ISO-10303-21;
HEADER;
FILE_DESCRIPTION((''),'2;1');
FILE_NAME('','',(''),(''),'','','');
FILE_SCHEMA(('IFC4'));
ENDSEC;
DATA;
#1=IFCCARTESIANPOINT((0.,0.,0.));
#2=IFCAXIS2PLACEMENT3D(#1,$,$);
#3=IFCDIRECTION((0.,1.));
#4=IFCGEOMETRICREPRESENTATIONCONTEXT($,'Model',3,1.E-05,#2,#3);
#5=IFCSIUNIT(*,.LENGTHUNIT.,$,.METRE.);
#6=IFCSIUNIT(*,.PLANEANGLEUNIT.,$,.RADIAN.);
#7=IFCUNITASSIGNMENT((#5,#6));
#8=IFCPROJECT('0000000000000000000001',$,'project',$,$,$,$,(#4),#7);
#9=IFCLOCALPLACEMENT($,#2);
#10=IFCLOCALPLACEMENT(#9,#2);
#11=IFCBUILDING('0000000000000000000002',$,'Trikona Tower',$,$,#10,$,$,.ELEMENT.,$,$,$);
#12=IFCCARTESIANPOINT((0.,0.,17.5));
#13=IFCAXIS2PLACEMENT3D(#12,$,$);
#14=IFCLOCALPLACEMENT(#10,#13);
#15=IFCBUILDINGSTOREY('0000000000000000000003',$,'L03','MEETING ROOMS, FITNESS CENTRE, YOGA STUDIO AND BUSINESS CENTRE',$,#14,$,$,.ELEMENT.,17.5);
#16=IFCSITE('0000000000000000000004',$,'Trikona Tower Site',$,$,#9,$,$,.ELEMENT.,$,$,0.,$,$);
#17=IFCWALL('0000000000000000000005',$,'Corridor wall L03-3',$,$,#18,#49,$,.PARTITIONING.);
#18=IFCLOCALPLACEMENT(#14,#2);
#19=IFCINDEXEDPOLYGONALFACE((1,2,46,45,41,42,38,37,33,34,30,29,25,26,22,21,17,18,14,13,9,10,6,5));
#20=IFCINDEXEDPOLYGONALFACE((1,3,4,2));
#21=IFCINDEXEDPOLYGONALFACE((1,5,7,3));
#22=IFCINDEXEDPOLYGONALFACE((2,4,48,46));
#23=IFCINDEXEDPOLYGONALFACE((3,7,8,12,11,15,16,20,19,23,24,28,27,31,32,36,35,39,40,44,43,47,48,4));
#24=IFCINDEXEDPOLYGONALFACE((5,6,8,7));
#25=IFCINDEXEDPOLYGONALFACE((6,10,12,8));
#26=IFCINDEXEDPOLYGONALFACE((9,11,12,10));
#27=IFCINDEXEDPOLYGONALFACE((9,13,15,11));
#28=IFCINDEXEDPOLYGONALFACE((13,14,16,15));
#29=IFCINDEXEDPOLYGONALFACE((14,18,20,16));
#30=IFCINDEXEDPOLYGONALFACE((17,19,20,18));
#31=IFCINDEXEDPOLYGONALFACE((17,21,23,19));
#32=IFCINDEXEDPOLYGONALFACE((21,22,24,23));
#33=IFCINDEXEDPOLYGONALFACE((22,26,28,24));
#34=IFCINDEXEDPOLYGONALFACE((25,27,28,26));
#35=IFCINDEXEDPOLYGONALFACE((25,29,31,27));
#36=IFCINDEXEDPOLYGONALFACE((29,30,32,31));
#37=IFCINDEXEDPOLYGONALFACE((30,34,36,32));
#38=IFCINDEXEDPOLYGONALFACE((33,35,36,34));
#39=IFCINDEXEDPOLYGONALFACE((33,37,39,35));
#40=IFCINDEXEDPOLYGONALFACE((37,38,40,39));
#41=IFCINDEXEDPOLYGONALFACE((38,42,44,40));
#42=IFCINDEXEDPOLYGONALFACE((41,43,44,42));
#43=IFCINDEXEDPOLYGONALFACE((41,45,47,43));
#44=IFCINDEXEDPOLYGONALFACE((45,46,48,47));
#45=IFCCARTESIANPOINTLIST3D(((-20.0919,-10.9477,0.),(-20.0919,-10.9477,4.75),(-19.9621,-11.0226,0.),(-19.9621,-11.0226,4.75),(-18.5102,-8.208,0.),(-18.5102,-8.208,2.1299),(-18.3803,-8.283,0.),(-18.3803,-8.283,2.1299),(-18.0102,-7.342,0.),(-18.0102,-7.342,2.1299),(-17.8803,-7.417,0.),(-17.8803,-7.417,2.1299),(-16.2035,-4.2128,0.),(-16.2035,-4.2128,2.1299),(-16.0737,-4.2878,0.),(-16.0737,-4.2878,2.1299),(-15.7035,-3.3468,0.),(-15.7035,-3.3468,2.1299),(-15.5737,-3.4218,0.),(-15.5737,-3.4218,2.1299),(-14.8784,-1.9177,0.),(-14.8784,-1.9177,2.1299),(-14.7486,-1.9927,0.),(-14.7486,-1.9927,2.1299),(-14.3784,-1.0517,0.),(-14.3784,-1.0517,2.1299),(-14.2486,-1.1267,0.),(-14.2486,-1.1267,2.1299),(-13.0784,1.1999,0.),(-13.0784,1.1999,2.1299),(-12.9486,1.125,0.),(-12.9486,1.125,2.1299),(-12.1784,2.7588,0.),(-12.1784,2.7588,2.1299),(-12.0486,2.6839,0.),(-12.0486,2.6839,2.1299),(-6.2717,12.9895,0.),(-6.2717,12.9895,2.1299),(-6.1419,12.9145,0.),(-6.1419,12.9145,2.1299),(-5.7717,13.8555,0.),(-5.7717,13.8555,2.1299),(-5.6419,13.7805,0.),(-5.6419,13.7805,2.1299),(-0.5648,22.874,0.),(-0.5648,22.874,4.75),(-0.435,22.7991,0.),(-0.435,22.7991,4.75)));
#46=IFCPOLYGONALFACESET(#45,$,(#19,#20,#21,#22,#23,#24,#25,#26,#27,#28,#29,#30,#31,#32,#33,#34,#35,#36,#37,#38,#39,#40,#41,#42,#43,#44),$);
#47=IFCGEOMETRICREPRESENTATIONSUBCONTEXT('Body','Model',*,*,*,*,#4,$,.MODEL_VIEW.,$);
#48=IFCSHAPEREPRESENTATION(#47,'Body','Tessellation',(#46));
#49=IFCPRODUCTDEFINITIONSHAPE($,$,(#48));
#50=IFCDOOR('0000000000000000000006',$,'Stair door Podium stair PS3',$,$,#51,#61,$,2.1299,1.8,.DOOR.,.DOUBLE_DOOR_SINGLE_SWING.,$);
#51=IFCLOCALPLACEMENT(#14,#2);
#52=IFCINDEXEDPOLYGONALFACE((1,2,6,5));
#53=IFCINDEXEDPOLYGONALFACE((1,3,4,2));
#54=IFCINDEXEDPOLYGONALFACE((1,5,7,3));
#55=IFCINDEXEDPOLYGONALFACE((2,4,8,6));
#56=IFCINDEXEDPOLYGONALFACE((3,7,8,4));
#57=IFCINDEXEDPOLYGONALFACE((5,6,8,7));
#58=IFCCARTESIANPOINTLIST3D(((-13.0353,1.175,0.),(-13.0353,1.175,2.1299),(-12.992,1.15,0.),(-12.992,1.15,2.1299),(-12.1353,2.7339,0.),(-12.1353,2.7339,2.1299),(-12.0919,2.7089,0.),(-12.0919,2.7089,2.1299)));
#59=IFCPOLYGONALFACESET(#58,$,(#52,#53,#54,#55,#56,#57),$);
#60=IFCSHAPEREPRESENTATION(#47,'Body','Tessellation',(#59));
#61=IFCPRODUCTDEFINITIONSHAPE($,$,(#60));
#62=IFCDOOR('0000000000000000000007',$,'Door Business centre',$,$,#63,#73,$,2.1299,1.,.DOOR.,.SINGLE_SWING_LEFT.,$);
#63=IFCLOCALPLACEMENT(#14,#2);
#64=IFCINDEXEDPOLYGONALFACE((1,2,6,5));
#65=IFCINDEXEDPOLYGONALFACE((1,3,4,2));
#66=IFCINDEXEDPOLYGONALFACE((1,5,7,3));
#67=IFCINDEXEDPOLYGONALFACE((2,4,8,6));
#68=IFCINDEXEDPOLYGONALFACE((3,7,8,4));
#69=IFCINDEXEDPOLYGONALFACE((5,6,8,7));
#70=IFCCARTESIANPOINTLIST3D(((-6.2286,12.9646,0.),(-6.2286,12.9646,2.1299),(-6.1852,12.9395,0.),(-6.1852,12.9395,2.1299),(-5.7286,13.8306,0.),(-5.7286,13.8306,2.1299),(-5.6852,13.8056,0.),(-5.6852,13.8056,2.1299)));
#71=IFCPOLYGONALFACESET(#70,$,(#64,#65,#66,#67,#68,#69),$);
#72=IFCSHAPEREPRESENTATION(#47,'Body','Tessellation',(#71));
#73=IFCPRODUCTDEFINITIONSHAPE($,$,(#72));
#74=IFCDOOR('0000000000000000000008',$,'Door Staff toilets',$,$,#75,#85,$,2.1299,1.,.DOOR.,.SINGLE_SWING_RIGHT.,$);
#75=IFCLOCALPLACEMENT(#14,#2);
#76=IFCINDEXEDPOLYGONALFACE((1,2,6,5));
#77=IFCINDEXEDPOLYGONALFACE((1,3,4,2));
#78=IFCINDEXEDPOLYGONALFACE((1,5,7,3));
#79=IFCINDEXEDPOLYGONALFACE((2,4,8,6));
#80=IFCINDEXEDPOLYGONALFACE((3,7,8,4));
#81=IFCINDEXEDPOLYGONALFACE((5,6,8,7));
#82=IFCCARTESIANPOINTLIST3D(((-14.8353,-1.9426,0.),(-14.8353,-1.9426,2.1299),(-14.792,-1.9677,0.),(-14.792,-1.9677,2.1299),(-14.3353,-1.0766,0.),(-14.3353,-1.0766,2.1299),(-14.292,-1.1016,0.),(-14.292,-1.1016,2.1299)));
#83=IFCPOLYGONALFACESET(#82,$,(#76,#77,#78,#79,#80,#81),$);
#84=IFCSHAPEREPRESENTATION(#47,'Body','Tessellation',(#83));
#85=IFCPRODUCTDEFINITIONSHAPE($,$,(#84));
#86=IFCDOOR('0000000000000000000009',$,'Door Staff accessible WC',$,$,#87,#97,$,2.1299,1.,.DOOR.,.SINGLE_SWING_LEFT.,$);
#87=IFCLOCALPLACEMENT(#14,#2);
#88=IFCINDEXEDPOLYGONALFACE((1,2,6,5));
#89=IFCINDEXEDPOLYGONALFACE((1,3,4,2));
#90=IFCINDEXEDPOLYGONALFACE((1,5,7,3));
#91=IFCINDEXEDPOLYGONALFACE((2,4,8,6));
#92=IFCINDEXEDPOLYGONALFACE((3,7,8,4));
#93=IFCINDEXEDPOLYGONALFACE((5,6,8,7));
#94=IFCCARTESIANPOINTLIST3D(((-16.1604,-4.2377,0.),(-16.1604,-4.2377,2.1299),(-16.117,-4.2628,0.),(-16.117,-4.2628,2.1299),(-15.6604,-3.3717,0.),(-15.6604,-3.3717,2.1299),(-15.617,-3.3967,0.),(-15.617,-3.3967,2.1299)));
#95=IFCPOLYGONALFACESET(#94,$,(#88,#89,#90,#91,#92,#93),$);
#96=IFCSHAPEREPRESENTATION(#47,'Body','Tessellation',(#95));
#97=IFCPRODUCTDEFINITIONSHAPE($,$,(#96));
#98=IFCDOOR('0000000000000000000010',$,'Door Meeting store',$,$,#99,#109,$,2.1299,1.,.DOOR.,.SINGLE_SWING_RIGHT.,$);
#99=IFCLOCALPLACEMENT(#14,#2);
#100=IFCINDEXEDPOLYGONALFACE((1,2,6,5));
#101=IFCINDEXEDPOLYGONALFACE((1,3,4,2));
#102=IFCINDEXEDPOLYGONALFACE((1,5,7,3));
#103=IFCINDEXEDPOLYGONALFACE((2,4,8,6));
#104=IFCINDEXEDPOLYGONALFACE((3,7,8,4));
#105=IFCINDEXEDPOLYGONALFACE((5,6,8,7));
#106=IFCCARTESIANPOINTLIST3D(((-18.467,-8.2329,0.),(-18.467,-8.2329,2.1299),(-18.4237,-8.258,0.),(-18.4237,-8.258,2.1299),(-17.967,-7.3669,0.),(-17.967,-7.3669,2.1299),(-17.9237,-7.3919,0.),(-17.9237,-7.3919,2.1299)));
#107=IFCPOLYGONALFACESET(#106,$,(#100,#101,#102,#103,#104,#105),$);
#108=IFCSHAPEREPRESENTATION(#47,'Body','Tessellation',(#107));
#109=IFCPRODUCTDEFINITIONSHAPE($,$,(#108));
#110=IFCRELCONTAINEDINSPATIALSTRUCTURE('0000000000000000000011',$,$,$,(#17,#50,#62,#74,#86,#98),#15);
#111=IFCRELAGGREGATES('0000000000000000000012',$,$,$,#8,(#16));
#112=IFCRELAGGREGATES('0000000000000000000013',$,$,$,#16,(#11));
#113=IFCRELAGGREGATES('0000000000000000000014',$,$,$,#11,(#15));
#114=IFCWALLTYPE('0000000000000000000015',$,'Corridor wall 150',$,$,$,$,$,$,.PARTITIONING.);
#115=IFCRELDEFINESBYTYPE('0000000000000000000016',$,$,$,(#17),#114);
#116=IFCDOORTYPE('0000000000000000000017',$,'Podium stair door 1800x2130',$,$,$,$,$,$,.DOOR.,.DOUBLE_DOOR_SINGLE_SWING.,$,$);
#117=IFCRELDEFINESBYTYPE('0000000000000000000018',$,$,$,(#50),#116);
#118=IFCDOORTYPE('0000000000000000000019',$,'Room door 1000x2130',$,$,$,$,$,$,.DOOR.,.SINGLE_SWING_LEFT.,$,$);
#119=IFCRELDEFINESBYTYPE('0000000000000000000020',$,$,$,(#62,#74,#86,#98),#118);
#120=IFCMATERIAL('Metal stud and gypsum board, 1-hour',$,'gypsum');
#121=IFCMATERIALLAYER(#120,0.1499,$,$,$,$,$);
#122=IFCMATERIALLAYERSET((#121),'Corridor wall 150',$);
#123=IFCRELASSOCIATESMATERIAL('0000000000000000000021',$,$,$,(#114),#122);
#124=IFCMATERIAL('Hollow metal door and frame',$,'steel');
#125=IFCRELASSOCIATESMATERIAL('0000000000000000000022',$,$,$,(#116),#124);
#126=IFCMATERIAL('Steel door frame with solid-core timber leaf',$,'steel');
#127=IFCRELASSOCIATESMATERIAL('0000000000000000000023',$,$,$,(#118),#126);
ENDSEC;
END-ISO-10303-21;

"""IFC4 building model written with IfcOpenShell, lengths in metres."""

from ifc_helpers import new_model, si_unit, direction, frame, frame_2d, origin, place, context, subcontext, project, spatial, rectangle, extrude, material, layer, layer_set, type_object, element, fill, save


model = new_model("IFC4")

# Units and contexts
model_context = context("Model", 3, precision=1e-05, world=origin(), true_north=direction((0.0, 1.0)))
body_context = subcontext(model_context, "Body", "Model", "MODEL_VIEW")
ifc_project = project(units=[si_unit("LENGTHUNIT", "METRE"), si_unit("PLANEANGLEUNIT", "RADIAN")], contexts=[model_context])

# Site, building, storey
site_placement = place(None, origin())
site = spatial("IfcSite", under=ifc_project, at=site_placement, Name="Trikona Tower Site", CompositionType="ELEMENT", RefElevation=0.0)
building_placement = place(site_placement, origin())
building = spatial("IfcBuilding", under=site, at=building_placement, Name="Trikona Tower", CompositionType="ELEMENT")
storey_placement = place(building_placement, frame((0.0, 0.0, 17.5)))
storey = spatial("IfcBuildingStorey", under=building, at=storey_placement, Name="L03", Description="MEETING ROOMS, FITNESS CENTRE, YOGA STUDIO AND BUSINESS CENTRE", CompositionType="ELEMENT", Elevation=17.5)

# Wall, openings, doors
ifc_material_1 = material(Name="Metal stud and gypsum board, 1-hour", Category="gypsum")
ifc_layer_1 = layer(ifc_material_1, 0.1499)
ifc_layer_set_1 = layer_set([ifc_layer_1], Name="Corridor wall 150")
wall_type_1 = type_object("IfcWallType", Name="Corridor wall 150", PredefinedType="PARTITIONING", material=ifc_layer_set_1)
wall_1_placement = place(storey_placement, frame((-0.5, 22.8364, 0.0), z_axis=(0.0, 0.0, 1.0), x_axis=(-0.500002, -0.866024, 0.0)))
wall_1 = element("IfcWall", 1, at=wall_1_placement, inside=storey, type_object=wall_type_1, Name="Corridor wall L03-3", PredefinedType="PARTITIONING", context=body_context, shape_type="SweptSolid", body=[
    extrude(rectangle(XDim=39.054, YDim=0.1499, at=frame_2d((19.5269, 0.0))), origin(), (0.0, 0.0, 1.0), 4.75),
])
opening_1_placement = place(wall_1_placement, frame((10.4136, 0.0, 0.0)))
opening_1 = element("IfcOpeningElement", 2, at=opening_1_placement, cuts=wall_1, PredefinedType="OPENING", context=body_context, shape_type="SweptSolid", body=[
    extrude(rectangle(XDim=1.0, YDim=2.1299, at=frame_2d((0.5, 1.0649))), frame((0.0, 0.085, 0.0), z_axis=(0.0, -1.0, 0.0), x_axis=(1.0, 0.0, 0.0)), (0.0, 0.0, 1.0), 0.1699),
])
opening_2_placement = place(wall_1_placement, frame((23.2271, 0.0, 0.0)))
opening_2 = element("IfcOpeningElement", 3, at=opening_2_placement, cuts=wall_1, PredefinedType="OPENING", context=body_context, shape_type="SweptSolid", body=[
    extrude(rectangle(XDim=1.8, YDim=2.1299, at=frame_2d((0.8999, 1.0649))), frame((0.0, 0.085, 0.0), z_axis=(0.0, -1.0, 0.0), x_axis=(1.0, 0.0, 0.0)), (0.0, 0.0, 1.0), 0.1699),
])
opening_3_placement = place(wall_1_placement, frame((27.627, 0.0, 0.0)))
opening_3 = element("IfcOpeningElement", 4, at=opening_3_placement, cuts=wall_1, PredefinedType="OPENING", context=body_context, shape_type="SweptSolid", body=[
    extrude(rectangle(XDim=1.0, YDim=2.1299, at=frame_2d((0.5, 1.0649))), frame((0.0, 0.085, 0.0), z_axis=(0.0, -1.0, 0.0), x_axis=(1.0, 0.0, 0.0)), (0.0, 0.0, 1.0), 0.1699),
])
opening_4_placement = place(wall_1_placement, frame((30.2771, 0.0, 0.0)))
opening_4 = element("IfcOpeningElement", 5, at=opening_4_placement, cuts=wall_1, PredefinedType="OPENING", context=body_context, shape_type="SweptSolid", body=[
    extrude(rectangle(XDim=1.0, YDim=2.1299, at=frame_2d((0.5, 1.0649))), frame((0.0, 0.085, 0.0), z_axis=(0.0, -1.0, 0.0), x_axis=(1.0, 0.0, 0.0)), (0.0, 0.0, 1.0), 0.1699),
])
opening_5_placement = place(wall_1_placement, frame((34.8904, 0.0, 0.0)))
opening_5 = element("IfcOpeningElement", 6, at=opening_5_placement, cuts=wall_1, PredefinedType="OPENING", context=body_context, shape_type="SweptSolid", body=[
    extrude(rectangle(XDim=1.0, YDim=2.1299, at=frame_2d((0.5, 1.0649))), frame((0.0, 0.085, 0.0), z_axis=(0.0, -1.0, 0.0), x_axis=(1.0, 0.0, 0.0)), (0.0, 0.0, 1.0), 0.1699),
])
ifc_material_2 = material(Name="Hollow metal door and frame", Category="steel")
door_type_1 = type_object("IfcDoorType", Name="Podium stair door 1800x2130", OperationType="DOUBLE_DOOR_SINGLE_SWING", PredefinedType="DOOR", material=ifc_material_2)
door_1_placement = place(opening_2_placement, origin())
door_1 = element("IfcDoor", 7, at=door_1_placement, inside=storey, type_object=door_type_1, Name="Stair door Podium stair PS3", OperationType="DOUBLE_DOOR_SINGLE_SWING", OverallHeight=2.1299, OverallWidth=1.8, PredefinedType="DOOR", context=body_context, shape_type="SweptSolid", body=[
    extrude(rectangle(XDim=1.8, YDim=2.1299, at=frame_2d((0.8999, 1.0649))), frame((0.0, 0.0249, 0.0), z_axis=(0.0, -1.0, 0.0), x_axis=(1.0, 0.0, 0.0)), (0.0, 0.0, 1.0), 0.05),
])
fill(opening_2, door_1)
ifc_material_3 = material(Name="Steel door frame with solid-core timber leaf", Category="steel")
door_type_2 = type_object("IfcDoorType", Name="Room door 1000x2130", OperationType="SINGLE_SWING_LEFT", PredefinedType="DOOR", material=ifc_material_3)
door_2_placement = place(opening_1_placement, origin())
door_2 = element("IfcDoor", 8, at=door_2_placement, inside=storey, type_object=door_type_2, Name="Door Business centre", OperationType="SINGLE_SWING_LEFT", OverallHeight=2.1299, OverallWidth=1.0, PredefinedType="DOOR", context=body_context, shape_type="SweptSolid", body=[
    extrude(rectangle(XDim=1.0, YDim=2.1299, at=frame_2d((0.5, 1.0649))), frame((0.0, 0.0249, 0.0), z_axis=(0.0, -1.0, 0.0), x_axis=(1.0, 0.0, 0.0)), (0.0, 0.0, 1.0), 0.05),
])
fill(opening_1, door_2)
door_3_placement = place(opening_3_placement, origin())
door_3 = element("IfcDoor", 9, at=door_3_placement, inside=storey, type_object=door_type_2, Name="Door Staff toilets", OperationType="SINGLE_SWING_RIGHT", OverallHeight=2.1299, OverallWidth=1.0, PredefinedType="DOOR", context=body_context, shape_type="SweptSolid", body=[
    extrude(rectangle(XDim=1.0, YDim=2.1299, at=frame_2d((0.5, 1.0649))), frame((0.0, 0.0249, 0.0), z_axis=(0.0, -1.0, 0.0), x_axis=(1.0, 0.0, 0.0)), (0.0, 0.0, 1.0), 0.05),
])
fill(opening_3, door_3)
door_4_placement = place(opening_4_placement, origin())
door_4 = element("IfcDoor", 10, at=door_4_placement, inside=storey, type_object=door_type_2, Name="Door Staff accessible WC", OperationType="SINGLE_SWING_LEFT", OverallHeight=2.1299, OverallWidth=1.0, PredefinedType="DOOR", context=body_context, shape_type="SweptSolid", body=[
    extrude(rectangle(XDim=1.0, YDim=2.1299, at=frame_2d((0.5, 1.0649))), frame((0.0, 0.0249, 0.0), z_axis=(0.0, -1.0, 0.0), x_axis=(1.0, 0.0, 0.0)), (0.0, 0.0, 1.0), 0.05),
])
fill(opening_4, door_4)
door_5_placement = place(opening_5_placement, origin())
door_5 = element("IfcDoor", 11, at=door_5_placement, inside=storey, type_object=door_type_2, Name="Door Meeting store", OperationType="SINGLE_SWING_RIGHT", OverallHeight=2.1299, OverallWidth=1.0, PredefinedType="DOOR", context=body_context, shape_type="SweptSolid", body=[
    extrude(rectangle(XDim=1.0, YDim=2.1299, at=frame_2d((0.5, 1.0649))), frame((0.0, 0.0249, 0.0), z_axis=(0.0, -1.0, 0.0), x_axis=(1.0, 0.0, 0.0)), (0.0, 0.0, 1.0), 0.05),
])
fill(opening_5, door_5)

save(model, "model.ifc")
